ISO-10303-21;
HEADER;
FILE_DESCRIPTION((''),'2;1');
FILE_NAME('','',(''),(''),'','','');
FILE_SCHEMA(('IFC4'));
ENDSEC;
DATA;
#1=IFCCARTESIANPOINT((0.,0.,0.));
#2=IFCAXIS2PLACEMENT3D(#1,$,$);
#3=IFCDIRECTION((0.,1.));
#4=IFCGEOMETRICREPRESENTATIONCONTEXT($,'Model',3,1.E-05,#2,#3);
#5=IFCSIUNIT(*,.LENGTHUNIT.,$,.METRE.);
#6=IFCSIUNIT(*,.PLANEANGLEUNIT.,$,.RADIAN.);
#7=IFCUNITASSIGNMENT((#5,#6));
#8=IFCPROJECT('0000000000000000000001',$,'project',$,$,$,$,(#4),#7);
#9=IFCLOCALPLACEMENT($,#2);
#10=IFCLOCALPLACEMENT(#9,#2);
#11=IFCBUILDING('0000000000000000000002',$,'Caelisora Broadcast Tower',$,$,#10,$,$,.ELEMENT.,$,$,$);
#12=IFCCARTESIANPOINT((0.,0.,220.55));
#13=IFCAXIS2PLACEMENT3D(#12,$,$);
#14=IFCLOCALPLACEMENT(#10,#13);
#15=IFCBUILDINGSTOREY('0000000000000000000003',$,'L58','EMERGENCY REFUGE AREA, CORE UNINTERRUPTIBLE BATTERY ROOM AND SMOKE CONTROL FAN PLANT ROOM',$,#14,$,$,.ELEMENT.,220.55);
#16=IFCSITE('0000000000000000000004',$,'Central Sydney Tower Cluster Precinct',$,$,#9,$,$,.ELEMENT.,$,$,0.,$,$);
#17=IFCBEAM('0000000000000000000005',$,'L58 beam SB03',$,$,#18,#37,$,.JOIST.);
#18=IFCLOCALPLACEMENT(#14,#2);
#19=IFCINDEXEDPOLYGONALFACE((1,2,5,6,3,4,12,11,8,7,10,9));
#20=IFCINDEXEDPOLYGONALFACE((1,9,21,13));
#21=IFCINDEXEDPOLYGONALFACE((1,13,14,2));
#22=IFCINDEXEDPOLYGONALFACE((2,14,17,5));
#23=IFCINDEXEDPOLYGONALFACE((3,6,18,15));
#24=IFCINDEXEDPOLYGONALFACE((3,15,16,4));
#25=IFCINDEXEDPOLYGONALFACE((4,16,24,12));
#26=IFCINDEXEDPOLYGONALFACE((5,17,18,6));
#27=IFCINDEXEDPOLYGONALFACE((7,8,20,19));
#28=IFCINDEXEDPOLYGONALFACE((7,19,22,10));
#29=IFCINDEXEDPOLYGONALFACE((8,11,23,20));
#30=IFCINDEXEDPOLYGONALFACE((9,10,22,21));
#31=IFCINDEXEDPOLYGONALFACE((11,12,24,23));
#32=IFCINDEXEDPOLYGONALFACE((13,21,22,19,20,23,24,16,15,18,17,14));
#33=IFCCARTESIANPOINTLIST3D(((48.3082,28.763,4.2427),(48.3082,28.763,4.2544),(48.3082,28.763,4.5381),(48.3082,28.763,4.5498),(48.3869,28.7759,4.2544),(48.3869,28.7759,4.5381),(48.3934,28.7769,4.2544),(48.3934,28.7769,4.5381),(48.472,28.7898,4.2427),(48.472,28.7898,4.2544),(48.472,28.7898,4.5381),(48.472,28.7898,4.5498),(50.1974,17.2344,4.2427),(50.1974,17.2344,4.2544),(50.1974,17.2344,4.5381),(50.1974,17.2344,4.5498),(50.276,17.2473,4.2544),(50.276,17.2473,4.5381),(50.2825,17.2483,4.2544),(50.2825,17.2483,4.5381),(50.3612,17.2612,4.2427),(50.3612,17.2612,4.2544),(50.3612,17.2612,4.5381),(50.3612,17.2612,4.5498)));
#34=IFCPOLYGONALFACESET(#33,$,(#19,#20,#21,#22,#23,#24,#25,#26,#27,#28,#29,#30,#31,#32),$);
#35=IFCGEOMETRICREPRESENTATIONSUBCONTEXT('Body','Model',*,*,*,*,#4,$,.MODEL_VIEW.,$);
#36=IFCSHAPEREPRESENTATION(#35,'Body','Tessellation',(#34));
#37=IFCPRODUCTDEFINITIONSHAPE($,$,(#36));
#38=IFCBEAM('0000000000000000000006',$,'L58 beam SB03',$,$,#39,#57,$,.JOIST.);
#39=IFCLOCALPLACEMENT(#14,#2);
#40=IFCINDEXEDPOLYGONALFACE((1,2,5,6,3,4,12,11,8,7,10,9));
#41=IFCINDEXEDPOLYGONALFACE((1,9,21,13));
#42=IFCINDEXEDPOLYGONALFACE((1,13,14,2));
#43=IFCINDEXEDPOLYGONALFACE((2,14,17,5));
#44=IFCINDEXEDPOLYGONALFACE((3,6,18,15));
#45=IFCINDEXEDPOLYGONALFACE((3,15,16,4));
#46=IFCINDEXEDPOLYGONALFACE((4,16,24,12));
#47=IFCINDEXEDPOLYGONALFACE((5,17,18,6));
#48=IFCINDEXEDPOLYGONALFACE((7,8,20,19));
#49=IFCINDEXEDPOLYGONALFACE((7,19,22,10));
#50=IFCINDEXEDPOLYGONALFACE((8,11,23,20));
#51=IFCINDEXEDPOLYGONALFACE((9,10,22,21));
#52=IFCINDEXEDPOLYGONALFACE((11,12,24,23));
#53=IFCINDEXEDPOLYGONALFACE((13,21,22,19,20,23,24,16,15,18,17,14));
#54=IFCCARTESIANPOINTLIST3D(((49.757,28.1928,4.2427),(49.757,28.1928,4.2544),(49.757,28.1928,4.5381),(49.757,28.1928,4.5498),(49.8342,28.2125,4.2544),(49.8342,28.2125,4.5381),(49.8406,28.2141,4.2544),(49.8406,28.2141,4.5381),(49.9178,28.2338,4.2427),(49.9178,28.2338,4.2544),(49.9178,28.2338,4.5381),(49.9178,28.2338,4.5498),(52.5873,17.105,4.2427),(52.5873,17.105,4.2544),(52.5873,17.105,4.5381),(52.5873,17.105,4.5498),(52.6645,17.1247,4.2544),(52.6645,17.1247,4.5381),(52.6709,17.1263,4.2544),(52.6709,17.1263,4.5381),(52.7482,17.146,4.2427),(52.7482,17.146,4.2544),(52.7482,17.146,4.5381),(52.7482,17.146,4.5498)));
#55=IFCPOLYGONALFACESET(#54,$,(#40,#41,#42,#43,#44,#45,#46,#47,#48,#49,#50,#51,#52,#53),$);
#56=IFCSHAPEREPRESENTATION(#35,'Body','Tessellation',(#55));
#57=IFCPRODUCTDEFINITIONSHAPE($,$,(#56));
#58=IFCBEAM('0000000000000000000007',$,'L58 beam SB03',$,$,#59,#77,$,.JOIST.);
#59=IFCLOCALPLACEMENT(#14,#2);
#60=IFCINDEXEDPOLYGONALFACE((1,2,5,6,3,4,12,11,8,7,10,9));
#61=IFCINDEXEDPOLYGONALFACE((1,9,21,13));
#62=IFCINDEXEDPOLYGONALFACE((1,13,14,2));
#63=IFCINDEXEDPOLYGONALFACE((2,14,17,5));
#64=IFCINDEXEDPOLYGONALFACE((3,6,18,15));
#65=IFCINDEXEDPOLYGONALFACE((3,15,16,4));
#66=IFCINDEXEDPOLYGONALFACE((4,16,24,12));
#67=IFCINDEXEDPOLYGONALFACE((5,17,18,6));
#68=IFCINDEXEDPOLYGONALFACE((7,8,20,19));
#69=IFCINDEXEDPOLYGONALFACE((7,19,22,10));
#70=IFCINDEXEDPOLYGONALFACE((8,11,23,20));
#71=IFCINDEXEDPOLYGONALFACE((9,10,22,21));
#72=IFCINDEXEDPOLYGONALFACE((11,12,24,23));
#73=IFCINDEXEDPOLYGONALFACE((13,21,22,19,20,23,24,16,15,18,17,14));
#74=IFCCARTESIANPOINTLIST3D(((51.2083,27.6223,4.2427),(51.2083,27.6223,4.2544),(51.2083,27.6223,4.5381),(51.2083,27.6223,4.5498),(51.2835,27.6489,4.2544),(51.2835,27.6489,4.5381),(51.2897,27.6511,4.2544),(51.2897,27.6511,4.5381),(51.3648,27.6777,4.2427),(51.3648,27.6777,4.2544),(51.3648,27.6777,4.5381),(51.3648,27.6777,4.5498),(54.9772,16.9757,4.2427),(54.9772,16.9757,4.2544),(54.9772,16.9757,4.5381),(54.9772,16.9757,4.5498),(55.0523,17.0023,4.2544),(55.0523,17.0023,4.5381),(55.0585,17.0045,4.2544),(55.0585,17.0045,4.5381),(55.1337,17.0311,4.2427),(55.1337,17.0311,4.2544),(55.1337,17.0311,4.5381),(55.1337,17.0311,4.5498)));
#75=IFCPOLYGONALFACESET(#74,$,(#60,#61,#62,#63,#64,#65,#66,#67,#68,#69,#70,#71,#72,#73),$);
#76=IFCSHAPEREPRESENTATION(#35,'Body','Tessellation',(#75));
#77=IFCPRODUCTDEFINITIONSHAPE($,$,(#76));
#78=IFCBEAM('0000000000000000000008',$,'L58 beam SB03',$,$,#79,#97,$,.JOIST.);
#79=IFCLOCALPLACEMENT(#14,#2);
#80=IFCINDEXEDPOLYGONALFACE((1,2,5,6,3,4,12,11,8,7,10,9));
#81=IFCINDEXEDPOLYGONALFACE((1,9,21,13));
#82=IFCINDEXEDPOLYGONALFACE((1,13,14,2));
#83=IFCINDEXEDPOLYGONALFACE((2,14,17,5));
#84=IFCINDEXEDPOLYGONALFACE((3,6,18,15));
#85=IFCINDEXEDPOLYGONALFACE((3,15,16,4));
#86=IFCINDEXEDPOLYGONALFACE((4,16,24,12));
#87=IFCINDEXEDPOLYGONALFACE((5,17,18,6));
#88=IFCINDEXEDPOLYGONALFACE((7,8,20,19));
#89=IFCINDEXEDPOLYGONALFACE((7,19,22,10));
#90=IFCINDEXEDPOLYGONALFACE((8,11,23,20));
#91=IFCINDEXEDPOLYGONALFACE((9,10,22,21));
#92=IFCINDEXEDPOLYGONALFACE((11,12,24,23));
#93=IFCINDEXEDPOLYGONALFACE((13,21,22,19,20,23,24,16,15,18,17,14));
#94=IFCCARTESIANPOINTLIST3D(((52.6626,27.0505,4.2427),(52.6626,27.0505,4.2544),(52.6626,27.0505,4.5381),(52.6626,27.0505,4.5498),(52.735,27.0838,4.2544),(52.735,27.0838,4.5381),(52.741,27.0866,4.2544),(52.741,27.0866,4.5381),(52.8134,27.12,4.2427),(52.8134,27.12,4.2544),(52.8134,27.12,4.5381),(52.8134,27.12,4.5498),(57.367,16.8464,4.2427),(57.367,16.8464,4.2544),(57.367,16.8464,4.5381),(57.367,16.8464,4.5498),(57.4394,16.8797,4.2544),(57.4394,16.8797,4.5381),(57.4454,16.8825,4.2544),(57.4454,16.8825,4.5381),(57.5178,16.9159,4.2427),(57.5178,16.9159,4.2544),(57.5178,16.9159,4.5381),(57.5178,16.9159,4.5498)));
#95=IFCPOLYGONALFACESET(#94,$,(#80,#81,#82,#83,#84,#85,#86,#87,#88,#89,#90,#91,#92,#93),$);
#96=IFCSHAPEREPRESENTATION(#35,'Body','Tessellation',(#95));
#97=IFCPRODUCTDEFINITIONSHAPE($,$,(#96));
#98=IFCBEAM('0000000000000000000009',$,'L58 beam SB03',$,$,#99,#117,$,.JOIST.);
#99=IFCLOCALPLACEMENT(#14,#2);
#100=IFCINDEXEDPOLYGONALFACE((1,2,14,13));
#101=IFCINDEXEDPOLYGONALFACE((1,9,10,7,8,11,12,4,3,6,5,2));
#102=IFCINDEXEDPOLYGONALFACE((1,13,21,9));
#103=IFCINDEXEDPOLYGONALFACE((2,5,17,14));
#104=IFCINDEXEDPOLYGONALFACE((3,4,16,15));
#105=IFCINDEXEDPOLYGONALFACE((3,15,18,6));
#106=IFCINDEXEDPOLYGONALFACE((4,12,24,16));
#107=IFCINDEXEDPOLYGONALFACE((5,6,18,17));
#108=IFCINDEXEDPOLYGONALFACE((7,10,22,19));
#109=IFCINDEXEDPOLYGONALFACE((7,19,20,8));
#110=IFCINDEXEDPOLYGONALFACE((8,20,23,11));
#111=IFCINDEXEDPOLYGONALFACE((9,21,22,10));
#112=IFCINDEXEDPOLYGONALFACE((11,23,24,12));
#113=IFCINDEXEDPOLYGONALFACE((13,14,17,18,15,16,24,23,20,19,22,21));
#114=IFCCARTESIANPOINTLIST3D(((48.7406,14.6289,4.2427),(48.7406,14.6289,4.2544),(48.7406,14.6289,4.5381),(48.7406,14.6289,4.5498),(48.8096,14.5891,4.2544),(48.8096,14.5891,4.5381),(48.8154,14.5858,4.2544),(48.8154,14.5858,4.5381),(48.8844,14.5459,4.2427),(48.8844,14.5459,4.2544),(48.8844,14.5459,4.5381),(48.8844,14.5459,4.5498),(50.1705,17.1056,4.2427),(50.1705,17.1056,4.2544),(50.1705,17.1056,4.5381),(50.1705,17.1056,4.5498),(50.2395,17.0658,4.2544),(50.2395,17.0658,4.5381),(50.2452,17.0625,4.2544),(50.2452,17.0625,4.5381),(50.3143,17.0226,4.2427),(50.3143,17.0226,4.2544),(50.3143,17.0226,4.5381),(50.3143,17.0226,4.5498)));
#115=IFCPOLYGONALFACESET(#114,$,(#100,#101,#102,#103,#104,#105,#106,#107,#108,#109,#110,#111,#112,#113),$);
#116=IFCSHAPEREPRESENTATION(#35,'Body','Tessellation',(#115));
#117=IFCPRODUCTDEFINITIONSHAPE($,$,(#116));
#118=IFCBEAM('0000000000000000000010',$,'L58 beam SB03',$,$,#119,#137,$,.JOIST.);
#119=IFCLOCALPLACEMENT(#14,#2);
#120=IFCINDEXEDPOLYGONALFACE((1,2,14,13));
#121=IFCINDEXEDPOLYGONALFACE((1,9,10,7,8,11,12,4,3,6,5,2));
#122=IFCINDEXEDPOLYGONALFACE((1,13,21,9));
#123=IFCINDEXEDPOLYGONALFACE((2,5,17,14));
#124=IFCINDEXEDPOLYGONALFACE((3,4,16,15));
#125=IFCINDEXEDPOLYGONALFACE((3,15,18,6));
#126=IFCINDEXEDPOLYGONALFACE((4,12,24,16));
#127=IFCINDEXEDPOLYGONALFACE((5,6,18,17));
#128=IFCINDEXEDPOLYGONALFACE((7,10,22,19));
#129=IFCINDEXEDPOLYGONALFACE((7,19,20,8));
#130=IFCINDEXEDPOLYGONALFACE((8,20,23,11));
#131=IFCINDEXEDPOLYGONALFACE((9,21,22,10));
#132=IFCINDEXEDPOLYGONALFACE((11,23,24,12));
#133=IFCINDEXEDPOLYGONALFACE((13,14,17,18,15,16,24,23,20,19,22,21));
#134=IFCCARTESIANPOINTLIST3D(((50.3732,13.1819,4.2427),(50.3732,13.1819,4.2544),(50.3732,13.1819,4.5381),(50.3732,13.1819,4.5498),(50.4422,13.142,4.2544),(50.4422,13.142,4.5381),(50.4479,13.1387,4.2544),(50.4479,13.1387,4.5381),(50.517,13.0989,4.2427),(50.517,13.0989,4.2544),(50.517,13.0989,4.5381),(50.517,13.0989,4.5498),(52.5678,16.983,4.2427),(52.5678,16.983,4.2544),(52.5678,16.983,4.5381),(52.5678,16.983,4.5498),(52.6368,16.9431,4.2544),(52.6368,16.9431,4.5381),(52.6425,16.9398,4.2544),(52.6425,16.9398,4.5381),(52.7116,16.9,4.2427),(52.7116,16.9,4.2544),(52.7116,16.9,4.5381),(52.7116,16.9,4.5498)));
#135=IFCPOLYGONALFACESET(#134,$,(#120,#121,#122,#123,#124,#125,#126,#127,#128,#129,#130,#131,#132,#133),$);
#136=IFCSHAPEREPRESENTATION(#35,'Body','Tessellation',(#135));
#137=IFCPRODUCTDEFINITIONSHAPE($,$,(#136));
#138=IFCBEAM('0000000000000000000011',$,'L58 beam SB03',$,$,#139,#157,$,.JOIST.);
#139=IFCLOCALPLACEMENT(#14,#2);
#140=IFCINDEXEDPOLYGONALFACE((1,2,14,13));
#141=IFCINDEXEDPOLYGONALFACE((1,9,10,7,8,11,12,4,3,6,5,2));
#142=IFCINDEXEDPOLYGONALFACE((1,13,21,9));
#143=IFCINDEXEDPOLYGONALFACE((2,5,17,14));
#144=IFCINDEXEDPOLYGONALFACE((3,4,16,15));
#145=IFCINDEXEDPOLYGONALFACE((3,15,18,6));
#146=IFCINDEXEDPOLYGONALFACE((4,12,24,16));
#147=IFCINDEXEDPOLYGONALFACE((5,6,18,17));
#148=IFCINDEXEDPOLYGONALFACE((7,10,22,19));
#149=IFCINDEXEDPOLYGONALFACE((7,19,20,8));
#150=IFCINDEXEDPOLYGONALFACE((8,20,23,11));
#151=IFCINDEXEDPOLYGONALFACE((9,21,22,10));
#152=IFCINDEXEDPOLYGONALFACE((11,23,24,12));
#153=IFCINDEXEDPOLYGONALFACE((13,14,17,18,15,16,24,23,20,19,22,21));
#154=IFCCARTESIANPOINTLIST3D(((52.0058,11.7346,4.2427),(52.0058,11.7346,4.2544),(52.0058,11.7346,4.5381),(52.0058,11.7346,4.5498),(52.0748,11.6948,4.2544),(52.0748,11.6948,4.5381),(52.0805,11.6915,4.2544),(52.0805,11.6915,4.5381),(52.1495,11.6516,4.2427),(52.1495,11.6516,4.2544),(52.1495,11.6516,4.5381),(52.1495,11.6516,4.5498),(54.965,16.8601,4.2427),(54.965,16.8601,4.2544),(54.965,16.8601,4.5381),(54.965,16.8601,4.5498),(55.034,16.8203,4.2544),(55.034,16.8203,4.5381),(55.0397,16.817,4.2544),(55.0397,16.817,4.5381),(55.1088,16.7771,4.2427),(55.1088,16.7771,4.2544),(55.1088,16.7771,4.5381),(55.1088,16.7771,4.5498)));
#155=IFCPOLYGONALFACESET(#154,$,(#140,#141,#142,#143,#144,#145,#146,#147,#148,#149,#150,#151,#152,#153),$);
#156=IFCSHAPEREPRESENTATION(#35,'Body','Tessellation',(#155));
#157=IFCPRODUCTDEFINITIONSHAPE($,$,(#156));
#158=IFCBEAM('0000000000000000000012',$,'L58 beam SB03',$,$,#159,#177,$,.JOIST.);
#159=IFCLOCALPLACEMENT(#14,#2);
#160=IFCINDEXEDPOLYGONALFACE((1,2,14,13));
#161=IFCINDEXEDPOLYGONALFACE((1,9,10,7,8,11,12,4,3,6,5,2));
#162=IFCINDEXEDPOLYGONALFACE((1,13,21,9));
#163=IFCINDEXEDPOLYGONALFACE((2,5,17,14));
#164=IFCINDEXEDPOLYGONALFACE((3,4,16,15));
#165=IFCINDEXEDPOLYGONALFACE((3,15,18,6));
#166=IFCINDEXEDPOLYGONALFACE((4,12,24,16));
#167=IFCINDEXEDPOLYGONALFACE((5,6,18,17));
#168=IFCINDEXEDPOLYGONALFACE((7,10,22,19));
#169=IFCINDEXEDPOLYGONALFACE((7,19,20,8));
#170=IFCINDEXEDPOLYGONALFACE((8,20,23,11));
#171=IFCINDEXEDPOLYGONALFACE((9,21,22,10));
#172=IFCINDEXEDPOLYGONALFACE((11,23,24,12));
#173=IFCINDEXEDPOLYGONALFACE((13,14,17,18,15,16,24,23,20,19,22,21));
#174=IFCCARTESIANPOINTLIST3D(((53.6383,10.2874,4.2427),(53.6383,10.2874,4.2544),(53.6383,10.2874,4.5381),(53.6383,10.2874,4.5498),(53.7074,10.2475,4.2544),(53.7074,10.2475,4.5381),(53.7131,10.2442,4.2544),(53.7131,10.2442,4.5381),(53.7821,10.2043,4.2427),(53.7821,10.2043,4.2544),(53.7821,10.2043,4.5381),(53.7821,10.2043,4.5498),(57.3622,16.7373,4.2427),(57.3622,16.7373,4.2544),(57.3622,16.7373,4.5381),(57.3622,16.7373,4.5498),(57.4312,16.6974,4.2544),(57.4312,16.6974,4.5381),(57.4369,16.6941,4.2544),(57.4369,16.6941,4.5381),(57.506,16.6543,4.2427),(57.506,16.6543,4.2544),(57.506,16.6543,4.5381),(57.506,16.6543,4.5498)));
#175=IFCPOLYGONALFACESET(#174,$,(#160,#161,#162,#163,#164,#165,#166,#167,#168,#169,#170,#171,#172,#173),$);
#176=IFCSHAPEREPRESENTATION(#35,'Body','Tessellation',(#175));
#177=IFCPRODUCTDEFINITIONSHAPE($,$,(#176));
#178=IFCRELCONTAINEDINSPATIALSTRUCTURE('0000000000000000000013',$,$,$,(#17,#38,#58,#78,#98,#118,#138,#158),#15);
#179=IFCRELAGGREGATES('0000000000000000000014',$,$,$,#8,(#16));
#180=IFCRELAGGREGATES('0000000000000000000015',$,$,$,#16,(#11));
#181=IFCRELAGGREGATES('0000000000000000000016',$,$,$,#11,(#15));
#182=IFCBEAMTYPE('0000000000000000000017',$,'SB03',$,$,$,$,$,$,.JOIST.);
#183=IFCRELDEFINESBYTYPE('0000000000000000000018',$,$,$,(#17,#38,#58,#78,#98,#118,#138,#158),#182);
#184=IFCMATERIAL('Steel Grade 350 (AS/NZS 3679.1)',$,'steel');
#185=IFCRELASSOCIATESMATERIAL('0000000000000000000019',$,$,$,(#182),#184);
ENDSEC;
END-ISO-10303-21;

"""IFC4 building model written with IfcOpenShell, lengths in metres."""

from ifc_helpers import new_model, si_unit, direction, frame, origin, origin_2d, place, context, subcontext, project, spatial, i_section, extrude, source, transform, mapped, material, material_profile, profile_set, type_object, element, save


model = new_model("IFC4")

# Units and contexts
model_context = context("Model", 3, precision=1e-05, world=origin(), true_north=direction((0.0, 1.0)))
body_context = subcontext(model_context, "Body", "Model", "MODEL_VIEW")
ifc_project = project(units=[si_unit("LENGTHUNIT", "METRE"), si_unit("PLANEANGLEUNIT", "RADIAN")], contexts=[model_context])

# Site, building, storey
site_placement = place(None, origin())
site = spatial("IfcSite", under=ifc_project, at=site_placement, Name="Central Sydney Tower Cluster Precinct", CompositionType="ELEMENT", RefElevation=0.0)
building_placement = place(site_placement, origin())
building = spatial("IfcBuilding", under=site, at=building_placement, Name="Caelisora Broadcast Tower", CompositionType="ELEMENT")
storey_placement = place(building_placement, frame((0.0, 0.0, 220.55)))
storey = spatial("IfcBuildingStorey", under=building, at=storey_placement, Name="L58", Description="EMERGENCY REFUGE AREA, CORE UNINTERRUPTIBLE BATTERY ROOM AND SMOKE CONTROL FAN PLANT ROOM", CompositionType="ELEMENT", Elevation=220.55)

# Beams
ifc_material_1 = material(Name="Steel Grade 350 (AS/NZS 3679.1)", Category="steel")
ifc_material_profile_1 = material_profile(ifc_material_1, i_section(OverallWidth=0.166, OverallDepth=0.3071, WebThickness=0.0066, FlangeThickness=0.0117, at=origin_2d()), Name="Steel Grade 350 (AS/NZS 3679.1)")
ifc_profile_set_1 = profile_set([ifc_material_profile_1], Name="Steel Grade 350 (AS/NZS 3679.1)")
beam_type_1 = type_object("IfcBeamType", Name="SB03", PredefinedType="JOIST", material=ifc_profile_set_1)
shared_shape_1 = source(origin(), body_context, "Body", "SweptSolid", [
    extrude(i_section(OverallWidth=0.166, OverallDepth=0.3071, WebThickness=0.0066, FlangeThickness=0.0117, at=origin_2d()), origin(), (0.0, 0.0, 1.0), 11.6824),
])
beam_1_placement = place(storey_placement, frame((50.2793, 17.2478, 4.3962), z_axis=(-0.161711, 0.986838, 0.0), x_axis=(-0.986838, -0.161711, 0.0)))
element("IfcBeam", 1, at=beam_1_placement, inside=storey, type_object=beam_type_1, Name="L58 beam SB03", PredefinedType="JOIST", context=body_context, shape_type="MappedRepresentation", body=[
    mapped(shared_shape_1, transform((0.0, 0.0, 0.0), scale=1.0)),
])
shared_shape_2 = source(origin(), body_context, "Body", "SweptSolid", [
    extrude(i_section(OverallWidth=0.166, OverallDepth=0.3071, WebThickness=0.0066, FlangeThickness=0.0117, at=origin_2d()), origin(), (0.0, 0.0, 1.0), 11.4434),
])
beam_2_placement = place(storey_placement, frame((52.6677, 17.1255, 4.3962), z_axis=(-0.247332, 0.968931, 0.0), x_axis=(-0.968931, -0.247332, 0.0)))
element("IfcBeam", 2, at=beam_2_placement, inside=storey, type_object=beam_type_1, Name="L58 beam SB03", PredefinedType="JOIST", context=body_context, shape_type="MappedRepresentation", body=[
    mapped(shared_shape_2, transform((0.0, 0.0, 0.0), scale=1.0)),
])
shared_shape_3 = source(origin(), body_context, "Body", "SweptSolid", [
    extrude(i_section(OverallWidth=0.166, OverallDepth=0.3071, WebThickness=0.0066, FlangeThickness=0.0117, at=origin_2d()), origin(), (0.0, 0.0, 1.0), 11.2939),
])
beam_3_placement = place(storey_placement, frame((55.0554, 17.0034, 4.3962), z_axis=(-0.333703, 0.942678, 0.0), x_axis=(-0.942678, -0.333703, 0.0)))
element("IfcBeam", 3, at=beam_3_placement, inside=storey, type_object=beam_type_1, Name="L58 beam SB03", PredefinedType="JOIST", context=body_context, shape_type="MappedRepresentation", body=[
    mapped(shared_shape_3, transform((0.0, 0.0, 0.0), scale=1.0)),
])
shared_shape_4 = source(origin(), body_context, "Body", "SweptSolid", [
    extrude(i_section(OverallWidth=0.166, OverallDepth=0.3071, WebThickness=0.0066, FlangeThickness=0.0117, at=origin_2d()), origin(), (0.0, 0.0, 1.0), 11.2363),
])
beam_4_placement = place(storey_placement, frame((57.4424, 16.8811, 4.3962), z_axis=(-0.418674, 0.908137, 0.0), x_axis=(-0.908137, -0.418674, 0.0)))
element("IfcBeam", 4, at=beam_4_placement, inside=storey, type_object=beam_type_1, Name="L58 beam SB03", PredefinedType="JOIST", context=body_context, shape_type="MappedRepresentation", body=[
    mapped(shared_shape_4, transform((0.0, 0.0, 0.0), scale=1.0)),
])
shared_shape_5 = source(origin(), body_context, "Body", "SweptSolid", [
    extrude(i_section(OverallWidth=0.166, OverallDepth=0.3071, WebThickness=0.0066, FlangeThickness=0.0117, at=origin_2d()), origin(), (0.0, 0.0, 1.0), 2.8599),
])
beam_5_placement = place(storey_placement, frame((48.8125, 14.5874, 4.3962), z_axis=(0.499986, 0.866033, 0.0), x_axis=(-0.866033, 0.499986, 0.0)))
element("IfcBeam", 5, at=beam_5_placement, inside=storey, type_object=beam_type_1, Name="L58 beam SB03", PredefinedType="JOIST", context=body_context, shape_type="MappedRepresentation", body=[
    mapped(shared_shape_5, transform((0.0, 0.0, 0.0), scale=1.0)),
])
shared_shape_6 = source(origin(), body_context, "Body", "SweptSolid", [
    extrude(i_section(OverallWidth=0.166, OverallDepth=0.3071, WebThickness=0.0066, FlangeThickness=0.0117, at=origin_2d()), origin(), (0.0, 0.0, 1.0), 4.3892),
])
beam_6_placement = place(storey_placement, frame((50.4451, 13.1404, 4.3962), z_axis=(0.50001, 0.86602, 0.0), x_axis=(-0.86602, 0.50001, 0.0)))
element("IfcBeam", 6, at=beam_6_placement, inside=storey, type_object=beam_type_1, Name="L58 beam SB03", PredefinedType="JOIST", context=body_context, shape_type="MappedRepresentation", body=[
    mapped(shared_shape_6, transform((0.0, 0.0, 0.0), scale=1.0)),
])
shared_shape_7 = source(origin(), body_context, "Body", "SweptSolid", [
    extrude(i_section(OverallWidth=0.166, OverallDepth=0.3071, WebThickness=0.0066, FlangeThickness=0.0117, at=origin_2d()), origin(), (0.0, 0.0, 1.0), 5.9185),
])
beam_7_placement = place(storey_placement, frame((52.0776, 11.6931, 4.3962), z_axis=(0.500003, 0.866023, 0.0), x_axis=(-0.866023, 0.500003, 0.0)))
element("IfcBeam", 7, at=beam_7_placement, inside=storey, type_object=beam_type_1, Name="L58 beam SB03", PredefinedType="JOIST", context=body_context, shape_type="MappedRepresentation", body=[
    mapped(shared_shape_7, transform((0.0, 0.0, 0.0), scale=1.0)),
])
shared_shape_8 = source(origin(), body_context, "Body", "SweptSolid", [
    extrude(i_section(OverallWidth=0.166, OverallDepth=0.3071, WebThickness=0.0066, FlangeThickness=0.0117, at=origin_2d()), origin(), (0.0, 0.0, 1.0), 7.4478),
])
beam_8_placement = place(storey_placement, frame((53.7102, 10.2458, 4.3962), z_axis=(0.5, 0.866026, 0.0), x_axis=(-0.866026, 0.5, 0.0)))
element("IfcBeam", 8, at=beam_8_placement, inside=storey, type_object=beam_type_1, Name="L58 beam SB03", PredefinedType="JOIST", context=body_context, shape_type="MappedRepresentation", body=[
    mapped(shared_shape_8, transform((0.0, 0.0, 0.0), scale=1.0)),
])

save(model, "model.ifc")
